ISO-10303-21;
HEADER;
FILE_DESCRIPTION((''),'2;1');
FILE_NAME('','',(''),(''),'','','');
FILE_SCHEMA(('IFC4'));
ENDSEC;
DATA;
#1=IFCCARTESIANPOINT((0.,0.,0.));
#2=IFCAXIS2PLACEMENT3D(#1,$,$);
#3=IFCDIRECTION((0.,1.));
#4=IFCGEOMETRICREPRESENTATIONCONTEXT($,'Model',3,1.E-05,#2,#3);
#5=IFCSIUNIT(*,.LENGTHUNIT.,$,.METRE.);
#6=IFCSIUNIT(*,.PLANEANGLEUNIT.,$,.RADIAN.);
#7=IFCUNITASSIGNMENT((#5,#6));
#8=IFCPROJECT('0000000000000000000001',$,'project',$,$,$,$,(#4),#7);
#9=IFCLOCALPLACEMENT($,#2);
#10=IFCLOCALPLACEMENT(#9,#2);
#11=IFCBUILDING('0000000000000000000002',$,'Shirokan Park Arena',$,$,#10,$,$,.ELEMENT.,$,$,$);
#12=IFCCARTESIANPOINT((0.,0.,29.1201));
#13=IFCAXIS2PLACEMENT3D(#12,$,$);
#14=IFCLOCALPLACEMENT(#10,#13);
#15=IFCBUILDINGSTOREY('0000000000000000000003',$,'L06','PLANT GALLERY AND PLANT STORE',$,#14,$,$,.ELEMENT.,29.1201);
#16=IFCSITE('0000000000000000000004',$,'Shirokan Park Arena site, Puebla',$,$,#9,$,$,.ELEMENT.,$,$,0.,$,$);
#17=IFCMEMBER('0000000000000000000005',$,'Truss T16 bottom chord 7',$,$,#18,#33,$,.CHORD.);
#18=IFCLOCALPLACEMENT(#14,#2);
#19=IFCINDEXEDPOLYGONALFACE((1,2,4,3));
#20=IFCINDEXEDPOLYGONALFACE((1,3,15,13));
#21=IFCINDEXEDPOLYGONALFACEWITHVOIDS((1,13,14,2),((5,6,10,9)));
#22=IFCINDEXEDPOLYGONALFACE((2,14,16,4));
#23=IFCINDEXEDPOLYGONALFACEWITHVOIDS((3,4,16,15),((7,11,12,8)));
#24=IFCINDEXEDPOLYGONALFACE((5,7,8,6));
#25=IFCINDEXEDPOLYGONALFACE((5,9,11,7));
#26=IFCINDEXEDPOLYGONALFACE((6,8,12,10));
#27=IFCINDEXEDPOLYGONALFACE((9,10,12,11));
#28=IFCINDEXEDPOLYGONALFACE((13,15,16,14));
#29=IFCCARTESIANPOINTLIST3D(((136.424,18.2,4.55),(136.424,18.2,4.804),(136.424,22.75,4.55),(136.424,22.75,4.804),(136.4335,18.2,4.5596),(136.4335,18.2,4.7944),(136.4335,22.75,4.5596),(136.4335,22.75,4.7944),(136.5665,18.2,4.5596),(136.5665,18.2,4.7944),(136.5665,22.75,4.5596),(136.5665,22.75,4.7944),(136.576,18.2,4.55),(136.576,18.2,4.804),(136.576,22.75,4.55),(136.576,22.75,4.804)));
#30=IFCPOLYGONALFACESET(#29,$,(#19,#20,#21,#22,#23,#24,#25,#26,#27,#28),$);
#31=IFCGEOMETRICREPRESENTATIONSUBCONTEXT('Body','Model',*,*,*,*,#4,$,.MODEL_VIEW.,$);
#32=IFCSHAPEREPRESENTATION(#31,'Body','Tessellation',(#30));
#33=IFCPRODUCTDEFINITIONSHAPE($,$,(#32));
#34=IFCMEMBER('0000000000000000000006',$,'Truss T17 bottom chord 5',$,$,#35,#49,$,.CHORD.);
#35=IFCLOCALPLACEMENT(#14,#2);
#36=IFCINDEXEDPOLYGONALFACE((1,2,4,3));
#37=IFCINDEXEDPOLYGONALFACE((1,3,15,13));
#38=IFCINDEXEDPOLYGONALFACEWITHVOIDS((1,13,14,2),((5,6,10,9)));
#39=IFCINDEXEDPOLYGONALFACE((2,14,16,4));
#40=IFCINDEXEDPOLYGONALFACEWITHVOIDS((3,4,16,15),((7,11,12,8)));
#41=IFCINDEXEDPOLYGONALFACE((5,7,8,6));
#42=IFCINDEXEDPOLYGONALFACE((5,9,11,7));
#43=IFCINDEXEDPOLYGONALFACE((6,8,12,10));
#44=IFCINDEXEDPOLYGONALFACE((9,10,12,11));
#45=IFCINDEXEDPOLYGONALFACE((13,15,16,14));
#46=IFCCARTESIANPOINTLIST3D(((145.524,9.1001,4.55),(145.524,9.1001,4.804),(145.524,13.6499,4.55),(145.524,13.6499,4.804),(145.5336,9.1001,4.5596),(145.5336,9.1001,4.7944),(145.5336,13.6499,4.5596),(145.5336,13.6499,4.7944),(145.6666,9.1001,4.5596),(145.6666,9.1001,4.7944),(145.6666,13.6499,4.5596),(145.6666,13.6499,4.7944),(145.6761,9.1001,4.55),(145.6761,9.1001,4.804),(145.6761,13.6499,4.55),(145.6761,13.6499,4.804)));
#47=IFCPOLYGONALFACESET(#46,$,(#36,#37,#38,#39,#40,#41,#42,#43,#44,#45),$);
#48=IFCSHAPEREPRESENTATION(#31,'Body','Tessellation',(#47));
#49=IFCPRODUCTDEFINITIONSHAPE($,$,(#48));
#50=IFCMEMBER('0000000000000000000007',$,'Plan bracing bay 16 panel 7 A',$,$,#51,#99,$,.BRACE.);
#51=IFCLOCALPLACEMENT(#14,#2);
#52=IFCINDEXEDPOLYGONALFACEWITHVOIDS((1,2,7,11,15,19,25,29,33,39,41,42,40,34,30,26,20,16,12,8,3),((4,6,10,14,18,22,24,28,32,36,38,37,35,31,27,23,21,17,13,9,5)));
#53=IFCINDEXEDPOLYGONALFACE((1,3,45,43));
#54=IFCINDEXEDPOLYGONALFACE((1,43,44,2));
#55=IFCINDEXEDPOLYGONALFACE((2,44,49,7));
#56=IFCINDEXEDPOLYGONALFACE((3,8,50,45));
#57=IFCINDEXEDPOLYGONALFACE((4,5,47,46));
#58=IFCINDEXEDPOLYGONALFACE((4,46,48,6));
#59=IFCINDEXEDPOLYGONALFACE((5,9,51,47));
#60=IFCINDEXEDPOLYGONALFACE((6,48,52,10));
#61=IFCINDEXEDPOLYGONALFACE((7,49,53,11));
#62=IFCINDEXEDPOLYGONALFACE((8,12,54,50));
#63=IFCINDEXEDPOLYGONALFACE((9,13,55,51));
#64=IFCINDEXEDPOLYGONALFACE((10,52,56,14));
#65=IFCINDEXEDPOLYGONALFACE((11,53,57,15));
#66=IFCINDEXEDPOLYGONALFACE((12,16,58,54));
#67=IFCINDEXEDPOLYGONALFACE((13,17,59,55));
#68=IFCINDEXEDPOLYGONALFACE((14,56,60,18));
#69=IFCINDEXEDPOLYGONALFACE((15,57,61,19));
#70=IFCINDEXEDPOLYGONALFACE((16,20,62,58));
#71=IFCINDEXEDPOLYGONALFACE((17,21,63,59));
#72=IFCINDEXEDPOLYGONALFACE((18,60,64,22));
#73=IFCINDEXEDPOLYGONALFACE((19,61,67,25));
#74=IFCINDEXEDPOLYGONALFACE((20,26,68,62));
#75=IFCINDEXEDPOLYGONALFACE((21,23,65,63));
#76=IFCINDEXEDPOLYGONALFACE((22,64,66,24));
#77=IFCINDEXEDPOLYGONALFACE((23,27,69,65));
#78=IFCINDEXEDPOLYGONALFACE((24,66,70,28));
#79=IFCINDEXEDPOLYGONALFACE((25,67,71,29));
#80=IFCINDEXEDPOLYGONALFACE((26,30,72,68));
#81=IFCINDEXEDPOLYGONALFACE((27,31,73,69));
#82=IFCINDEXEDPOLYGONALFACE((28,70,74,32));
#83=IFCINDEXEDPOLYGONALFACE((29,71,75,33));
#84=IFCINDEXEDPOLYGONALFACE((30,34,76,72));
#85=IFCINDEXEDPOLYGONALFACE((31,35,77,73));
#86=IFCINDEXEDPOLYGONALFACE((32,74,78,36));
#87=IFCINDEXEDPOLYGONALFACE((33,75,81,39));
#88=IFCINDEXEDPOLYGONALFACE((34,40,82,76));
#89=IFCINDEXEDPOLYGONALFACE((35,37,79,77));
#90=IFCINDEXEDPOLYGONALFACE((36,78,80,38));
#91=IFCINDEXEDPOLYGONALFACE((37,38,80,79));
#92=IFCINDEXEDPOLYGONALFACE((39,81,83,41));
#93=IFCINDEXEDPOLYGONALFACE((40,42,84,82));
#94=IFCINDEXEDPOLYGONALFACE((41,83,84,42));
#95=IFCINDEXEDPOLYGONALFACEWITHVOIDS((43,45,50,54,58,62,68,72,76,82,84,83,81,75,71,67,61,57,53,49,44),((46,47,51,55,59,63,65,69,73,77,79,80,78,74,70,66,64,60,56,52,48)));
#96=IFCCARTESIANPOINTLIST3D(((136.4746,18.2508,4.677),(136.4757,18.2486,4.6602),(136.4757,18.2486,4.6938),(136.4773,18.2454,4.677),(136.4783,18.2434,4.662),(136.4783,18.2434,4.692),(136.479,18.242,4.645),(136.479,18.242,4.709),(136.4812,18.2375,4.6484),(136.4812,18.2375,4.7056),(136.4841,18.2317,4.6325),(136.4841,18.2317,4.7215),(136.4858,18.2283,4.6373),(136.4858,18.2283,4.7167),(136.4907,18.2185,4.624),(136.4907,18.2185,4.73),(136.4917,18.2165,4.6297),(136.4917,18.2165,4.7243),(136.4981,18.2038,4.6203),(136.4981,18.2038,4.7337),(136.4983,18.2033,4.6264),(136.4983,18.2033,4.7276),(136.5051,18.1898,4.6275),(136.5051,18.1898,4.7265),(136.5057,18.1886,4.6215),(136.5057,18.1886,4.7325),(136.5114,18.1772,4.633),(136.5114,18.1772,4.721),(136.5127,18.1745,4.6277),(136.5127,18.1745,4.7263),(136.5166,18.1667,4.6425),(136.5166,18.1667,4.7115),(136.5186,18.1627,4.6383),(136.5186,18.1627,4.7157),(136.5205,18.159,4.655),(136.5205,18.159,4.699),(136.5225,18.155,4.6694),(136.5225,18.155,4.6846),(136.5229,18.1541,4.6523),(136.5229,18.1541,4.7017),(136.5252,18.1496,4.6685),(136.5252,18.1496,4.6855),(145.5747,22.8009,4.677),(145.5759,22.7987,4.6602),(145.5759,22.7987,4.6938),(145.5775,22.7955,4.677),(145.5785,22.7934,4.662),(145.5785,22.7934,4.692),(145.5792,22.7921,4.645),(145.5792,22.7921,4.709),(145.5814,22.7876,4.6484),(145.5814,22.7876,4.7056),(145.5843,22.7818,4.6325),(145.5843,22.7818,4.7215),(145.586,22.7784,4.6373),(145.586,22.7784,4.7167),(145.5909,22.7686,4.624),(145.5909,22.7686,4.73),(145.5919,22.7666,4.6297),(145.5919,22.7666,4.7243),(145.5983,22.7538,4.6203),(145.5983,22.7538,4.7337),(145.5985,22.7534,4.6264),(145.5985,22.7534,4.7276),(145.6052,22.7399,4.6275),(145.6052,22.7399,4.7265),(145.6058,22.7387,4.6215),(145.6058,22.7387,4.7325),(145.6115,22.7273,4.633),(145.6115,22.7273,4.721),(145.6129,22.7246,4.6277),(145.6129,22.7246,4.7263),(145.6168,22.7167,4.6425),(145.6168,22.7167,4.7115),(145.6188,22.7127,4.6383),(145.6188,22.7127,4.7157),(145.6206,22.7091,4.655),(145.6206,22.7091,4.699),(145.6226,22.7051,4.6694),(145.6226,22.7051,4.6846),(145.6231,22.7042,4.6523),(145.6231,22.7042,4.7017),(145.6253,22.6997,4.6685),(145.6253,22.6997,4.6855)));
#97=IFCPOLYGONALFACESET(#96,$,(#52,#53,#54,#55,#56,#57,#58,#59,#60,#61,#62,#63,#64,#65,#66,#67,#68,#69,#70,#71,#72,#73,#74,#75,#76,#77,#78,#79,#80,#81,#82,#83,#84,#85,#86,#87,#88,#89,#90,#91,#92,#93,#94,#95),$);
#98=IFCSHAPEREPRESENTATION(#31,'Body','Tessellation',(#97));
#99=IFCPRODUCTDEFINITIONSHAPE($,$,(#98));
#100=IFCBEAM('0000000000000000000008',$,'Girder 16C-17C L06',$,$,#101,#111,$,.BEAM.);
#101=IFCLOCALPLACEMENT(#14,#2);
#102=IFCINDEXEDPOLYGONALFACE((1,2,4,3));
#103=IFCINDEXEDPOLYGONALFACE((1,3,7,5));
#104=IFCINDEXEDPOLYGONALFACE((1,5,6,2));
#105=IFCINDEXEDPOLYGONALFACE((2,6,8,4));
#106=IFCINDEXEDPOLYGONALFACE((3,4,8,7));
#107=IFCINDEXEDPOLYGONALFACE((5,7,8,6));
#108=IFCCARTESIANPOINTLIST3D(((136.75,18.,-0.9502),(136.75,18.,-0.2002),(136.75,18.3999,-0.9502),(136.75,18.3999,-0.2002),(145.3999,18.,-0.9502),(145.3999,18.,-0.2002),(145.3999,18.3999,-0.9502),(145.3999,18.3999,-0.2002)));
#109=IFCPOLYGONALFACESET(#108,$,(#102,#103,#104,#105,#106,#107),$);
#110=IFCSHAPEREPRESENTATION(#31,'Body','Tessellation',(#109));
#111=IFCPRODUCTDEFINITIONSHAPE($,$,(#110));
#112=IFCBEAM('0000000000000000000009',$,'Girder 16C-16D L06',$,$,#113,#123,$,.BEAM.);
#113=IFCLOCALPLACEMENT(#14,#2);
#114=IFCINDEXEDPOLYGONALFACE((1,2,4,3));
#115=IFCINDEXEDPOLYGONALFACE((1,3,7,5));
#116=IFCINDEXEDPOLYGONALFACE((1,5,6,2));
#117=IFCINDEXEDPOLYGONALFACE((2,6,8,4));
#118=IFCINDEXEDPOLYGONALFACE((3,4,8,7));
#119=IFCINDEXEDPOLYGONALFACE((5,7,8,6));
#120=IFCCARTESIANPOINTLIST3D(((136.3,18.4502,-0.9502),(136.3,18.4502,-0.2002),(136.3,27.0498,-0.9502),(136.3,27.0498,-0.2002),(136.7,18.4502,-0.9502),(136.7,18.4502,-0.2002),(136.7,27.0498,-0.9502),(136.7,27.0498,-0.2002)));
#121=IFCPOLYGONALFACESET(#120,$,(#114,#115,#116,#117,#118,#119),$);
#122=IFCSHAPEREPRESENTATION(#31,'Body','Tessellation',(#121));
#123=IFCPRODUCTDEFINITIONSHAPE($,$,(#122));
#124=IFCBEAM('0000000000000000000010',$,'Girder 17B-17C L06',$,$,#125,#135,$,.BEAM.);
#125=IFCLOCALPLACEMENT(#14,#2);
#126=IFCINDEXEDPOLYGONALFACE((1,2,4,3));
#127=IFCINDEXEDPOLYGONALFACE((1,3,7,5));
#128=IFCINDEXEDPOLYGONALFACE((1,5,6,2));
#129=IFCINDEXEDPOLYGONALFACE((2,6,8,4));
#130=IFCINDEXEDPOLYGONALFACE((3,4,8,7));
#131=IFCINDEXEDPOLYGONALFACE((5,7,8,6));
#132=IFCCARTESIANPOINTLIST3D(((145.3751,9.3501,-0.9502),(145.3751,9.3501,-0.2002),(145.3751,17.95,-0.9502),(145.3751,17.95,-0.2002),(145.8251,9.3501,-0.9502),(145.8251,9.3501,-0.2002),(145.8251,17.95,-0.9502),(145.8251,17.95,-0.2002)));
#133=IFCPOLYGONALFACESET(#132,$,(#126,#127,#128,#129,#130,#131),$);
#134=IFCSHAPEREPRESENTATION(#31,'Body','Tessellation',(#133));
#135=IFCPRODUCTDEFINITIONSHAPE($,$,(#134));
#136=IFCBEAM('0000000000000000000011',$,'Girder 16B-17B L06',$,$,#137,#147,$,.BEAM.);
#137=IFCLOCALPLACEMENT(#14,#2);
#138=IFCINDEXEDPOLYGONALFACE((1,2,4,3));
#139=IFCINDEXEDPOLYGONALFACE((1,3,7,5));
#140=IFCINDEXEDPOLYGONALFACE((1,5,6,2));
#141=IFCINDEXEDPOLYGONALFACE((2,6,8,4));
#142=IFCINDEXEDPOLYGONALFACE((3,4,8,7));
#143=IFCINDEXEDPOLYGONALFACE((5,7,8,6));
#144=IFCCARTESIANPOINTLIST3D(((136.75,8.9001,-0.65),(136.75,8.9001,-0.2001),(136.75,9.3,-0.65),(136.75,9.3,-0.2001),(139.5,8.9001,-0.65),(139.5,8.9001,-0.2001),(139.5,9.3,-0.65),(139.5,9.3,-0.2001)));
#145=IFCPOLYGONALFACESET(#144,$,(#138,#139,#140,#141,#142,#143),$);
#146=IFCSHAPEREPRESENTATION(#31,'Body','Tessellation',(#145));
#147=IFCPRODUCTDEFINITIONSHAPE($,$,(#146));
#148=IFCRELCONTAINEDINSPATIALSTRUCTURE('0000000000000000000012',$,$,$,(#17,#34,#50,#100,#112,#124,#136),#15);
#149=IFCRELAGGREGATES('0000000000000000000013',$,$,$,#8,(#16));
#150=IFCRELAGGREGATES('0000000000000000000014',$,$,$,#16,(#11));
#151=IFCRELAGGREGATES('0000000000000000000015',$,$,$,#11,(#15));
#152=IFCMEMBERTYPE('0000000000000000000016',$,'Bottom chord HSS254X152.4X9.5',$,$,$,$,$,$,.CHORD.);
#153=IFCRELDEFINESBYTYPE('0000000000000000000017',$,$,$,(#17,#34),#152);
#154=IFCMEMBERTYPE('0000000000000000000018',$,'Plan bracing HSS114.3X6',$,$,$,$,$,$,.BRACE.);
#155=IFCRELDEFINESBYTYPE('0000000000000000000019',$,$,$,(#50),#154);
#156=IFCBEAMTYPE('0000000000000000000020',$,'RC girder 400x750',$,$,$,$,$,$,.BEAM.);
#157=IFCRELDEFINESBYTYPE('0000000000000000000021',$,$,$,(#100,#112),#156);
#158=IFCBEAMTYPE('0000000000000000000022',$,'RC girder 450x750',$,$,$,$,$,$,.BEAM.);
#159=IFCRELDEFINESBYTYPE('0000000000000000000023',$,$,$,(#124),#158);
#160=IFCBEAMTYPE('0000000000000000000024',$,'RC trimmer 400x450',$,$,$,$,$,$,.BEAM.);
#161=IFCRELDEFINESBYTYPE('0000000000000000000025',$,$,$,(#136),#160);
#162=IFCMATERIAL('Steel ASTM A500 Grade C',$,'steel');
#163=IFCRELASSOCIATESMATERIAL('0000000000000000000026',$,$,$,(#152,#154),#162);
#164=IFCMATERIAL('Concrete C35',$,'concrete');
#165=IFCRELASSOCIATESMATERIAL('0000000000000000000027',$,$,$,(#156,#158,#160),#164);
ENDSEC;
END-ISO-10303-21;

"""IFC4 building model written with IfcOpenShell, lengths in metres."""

from ifc_helpers import new_model, si_unit, direction, frame, origin, origin_2d, place, context, subcontext, project, spatial, rectangle, hollow_rectangle, hollow_circle, extrude, material, material_profile, profile_set, type_object, element, save


model = new_model("IFC4")

# Units and contexts
model_context = context("Model", 3, precision=1e-05, world=origin(), true_north=direction((0.0, 1.0)))
body_context = subcontext(model_context, "Body", "Model", "MODEL_VIEW")
ifc_project = project(units=[si_unit("LENGTHUNIT", "METRE"), si_unit("PLANEANGLEUNIT", "RADIAN")], contexts=[model_context])

# Site, building, storey
site_placement = place(None, origin())
site = spatial("IfcSite", under=ifc_project, at=site_placement, Name="Shirokan Park Arena site, Puebla", CompositionType="ELEMENT", RefElevation=0.0)
building_placement = place(site_placement, origin())
building = spatial("IfcBuilding", under=site, at=building_placement, Name="Shirokan Park Arena", CompositionType="ELEMENT")
storey_placement = place(building_placement, frame((0.0, 0.0, 29.1201)))
storey = spatial("IfcBuildingStorey", under=building, at=storey_placement, Name="L06", Description="PLANT GALLERY AND PLANT STORE", CompositionType="ELEMENT", Elevation=29.1201)

# Members
ifc_material_1 = material(Name="Steel ASTM A500 Grade C", Category="steel")
ifc_material_profile_1 = material_profile(ifc_material_1, hollow_rectangle(XDim=0.1521, YDim=0.2539, WallThickness=0.0095, at=origin_2d()), Name="HSS254X152.4X9.5")
ifc_profile_set_1 = profile_set([ifc_material_profile_1], Name="Steel ASTM A500 Grade C")
member_type_1 = type_object("IfcMemberType", Name="Bottom chord HSS254X152.4X9.5", PredefinedType="CHORD", material=ifc_profile_set_1)
member_1_placement = place(storey_placement, frame((136.5, 18.2, 4.677), z_axis=(0.0, 1.0, 0.0), x_axis=(-1.0, 0.0, 0.0)))
element("IfcMember", 1, at=member_1_placement, inside=storey, type_object=member_type_1, Name="Truss T16 bottom chord 7", PredefinedType="CHORD", context=body_context, shape_type="SweptSolid", body=[
    extrude(hollow_rectangle(XDim=0.1521, YDim=0.2539, WallThickness=0.0095, at=origin_2d()), origin(), (0.0, 0.0, 1.0), 4.55),
])
member_2_placement = place(storey_placement, frame((145.6001, 9.1001, 4.677), z_axis=(0.0, 1.0, 0.0), x_axis=(-1.0, 0.0, 0.0)))
element("IfcMember", 2, at=member_2_placement, inside=storey, type_object=member_type_1, Name="Truss T17 bottom chord 5", PredefinedType="CHORD", context=body_context, shape_type="SweptSolid", body=[
    extrude(hollow_rectangle(XDim=0.1521, YDim=0.2539, WallThickness=0.0095, at=origin_2d()), origin(), (0.0, 0.0, 1.0), 4.5498),
])
ifc_material_profile_2 = material_profile(ifc_material_1, hollow_circle(Radius=0.0569, WallThickness=0.0061, at=origin_2d()), Name="HSS114.3X6")
ifc_profile_set_2 = profile_set([ifc_material_profile_2], Name="Steel ASTM A500 Grade C")
member_type_2 = type_object("IfcMemberType", Name="Plan bracing HSS114.3X6", PredefinedType="BRACE", material=ifc_profile_set_2)
member_3_placement = place(storey_placement, frame((136.5, 18.2, 4.677), z_axis=(0.894427, 0.447214, 0.0), x_axis=(-0.447214, 0.894427, 0.0)))
element("IfcMember", 3, at=member_3_placement, inside=storey, type_object=member_type_2, Name="Plan bracing bay 16 panel 7 A", PredefinedType="BRACE", context=body_context, shape_type="SweptSolid", body=[
    extrude(hollow_circle(Radius=0.0569, WallThickness=0.0061, at=origin_2d()), origin(), (0.0, 0.0, 1.0), 10.1743),
])

# Beams
ifc_material_2 = material(Name="Concrete C35", Category="concrete")
ifc_material_profile_3 = material_profile(ifc_material_2, rectangle(XDim=0.3999, YDim=0.75, at=origin_2d()), Name="400x750")
ifc_profile_set_3 = profile_set([ifc_material_profile_3], Name="Concrete C35")
beam_type_1 = type_object("IfcBeamType", Name="RC girder 400x750", PredefinedType="BEAM", material=ifc_profile_set_3)
beam_1_placement = place(storey_placement, frame((136.75, 18.2, -0.5752), z_axis=(1.0, 0.0, 0.0), x_axis=(0.0, 1.0, 0.0)))
element("IfcBeam", 4, at=beam_1_placement, inside=storey, type_object=beam_type_1, Name="Girder 16C-17C L06", PredefinedType="BEAM", context=body_context, shape_type="SweptSolid", body=[
    extrude(rectangle(XDim=0.3999, YDim=0.75, at=origin_2d()), origin(), (0.0, 0.0, 1.0), 8.6499),
])
beam_2_placement = place(storey_placement, frame((136.5, 18.4502, -0.5752), z_axis=(0.0, 1.0, 0.0), x_axis=(-1.0, 0.0, 0.0)))
element("IfcBeam", 5, at=beam_2_placement, inside=storey, type_object=beam_type_1, Name="Girder 16C-16D L06", PredefinedType="BEAM", context=body_context, shape_type="SweptSolid", body=[
    extrude(rectangle(XDim=0.3999, YDim=0.75, at=origin_2d()), origin(), (0.0, 0.0, 1.0), 8.5996),
])
ifc_material_profile_4 = material_profile(ifc_material_2, rectangle(XDim=0.45, YDim=0.75, at=origin_2d()), Name="450x750")
ifc_profile_set_4 = profile_set([ifc_material_profile_4], Name="Concrete C35")
beam_type_2 = type_object("IfcBeamType", Name="RC girder 450x750", PredefinedType="BEAM", material=ifc_profile_set_4)
beam_3_placement = place(storey_placement, frame((145.6001, 9.3501, -0.5752), z_axis=(0.0, 1.0, 0.0), x_axis=(-1.0, 0.0, 0.0)))
element("IfcBeam", 6, at=beam_3_placement, inside=storey, type_object=beam_type_2, Name="Girder 17B-17C L06", PredefinedType="BEAM", context=body_context, shape_type="SweptSolid", body=[
    extrude(rectangle(XDim=0.45, YDim=0.75, at=origin_2d()), origin(), (0.0, 0.0, 1.0), 8.5999),
])
ifc_material_profile_5 = material_profile(ifc_material_2, rectangle(XDim=0.3999, YDim=0.45, at=origin_2d()), Name="400x450")
ifc_profile_set_5 = profile_set([ifc_material_profile_5], Name="Concrete C35")
beam_type_3 = type_object("IfcBeamType", Name="RC trimmer 400x450", PredefinedType="BEAM", material=ifc_profile_set_5)
beam_4_placement = place(storey_placement, frame((136.75, 9.1001, -0.425), z_axis=(1.0, 0.0, 0.0), x_axis=(0.0, 1.0, 0.0)))
element("IfcBeam", 7, at=beam_4_placement, inside=storey, type_object=beam_type_3, Name="Girder 16B-17B L06", PredefinedType="BEAM", context=body_context, shape_type="SweptSolid", body=[
    extrude(rectangle(XDim=0.3999, YDim=0.45, at=origin_2d()), origin(), (0.0, 0.0, 1.0), 2.75),
])

save(model, "model.ifc")
